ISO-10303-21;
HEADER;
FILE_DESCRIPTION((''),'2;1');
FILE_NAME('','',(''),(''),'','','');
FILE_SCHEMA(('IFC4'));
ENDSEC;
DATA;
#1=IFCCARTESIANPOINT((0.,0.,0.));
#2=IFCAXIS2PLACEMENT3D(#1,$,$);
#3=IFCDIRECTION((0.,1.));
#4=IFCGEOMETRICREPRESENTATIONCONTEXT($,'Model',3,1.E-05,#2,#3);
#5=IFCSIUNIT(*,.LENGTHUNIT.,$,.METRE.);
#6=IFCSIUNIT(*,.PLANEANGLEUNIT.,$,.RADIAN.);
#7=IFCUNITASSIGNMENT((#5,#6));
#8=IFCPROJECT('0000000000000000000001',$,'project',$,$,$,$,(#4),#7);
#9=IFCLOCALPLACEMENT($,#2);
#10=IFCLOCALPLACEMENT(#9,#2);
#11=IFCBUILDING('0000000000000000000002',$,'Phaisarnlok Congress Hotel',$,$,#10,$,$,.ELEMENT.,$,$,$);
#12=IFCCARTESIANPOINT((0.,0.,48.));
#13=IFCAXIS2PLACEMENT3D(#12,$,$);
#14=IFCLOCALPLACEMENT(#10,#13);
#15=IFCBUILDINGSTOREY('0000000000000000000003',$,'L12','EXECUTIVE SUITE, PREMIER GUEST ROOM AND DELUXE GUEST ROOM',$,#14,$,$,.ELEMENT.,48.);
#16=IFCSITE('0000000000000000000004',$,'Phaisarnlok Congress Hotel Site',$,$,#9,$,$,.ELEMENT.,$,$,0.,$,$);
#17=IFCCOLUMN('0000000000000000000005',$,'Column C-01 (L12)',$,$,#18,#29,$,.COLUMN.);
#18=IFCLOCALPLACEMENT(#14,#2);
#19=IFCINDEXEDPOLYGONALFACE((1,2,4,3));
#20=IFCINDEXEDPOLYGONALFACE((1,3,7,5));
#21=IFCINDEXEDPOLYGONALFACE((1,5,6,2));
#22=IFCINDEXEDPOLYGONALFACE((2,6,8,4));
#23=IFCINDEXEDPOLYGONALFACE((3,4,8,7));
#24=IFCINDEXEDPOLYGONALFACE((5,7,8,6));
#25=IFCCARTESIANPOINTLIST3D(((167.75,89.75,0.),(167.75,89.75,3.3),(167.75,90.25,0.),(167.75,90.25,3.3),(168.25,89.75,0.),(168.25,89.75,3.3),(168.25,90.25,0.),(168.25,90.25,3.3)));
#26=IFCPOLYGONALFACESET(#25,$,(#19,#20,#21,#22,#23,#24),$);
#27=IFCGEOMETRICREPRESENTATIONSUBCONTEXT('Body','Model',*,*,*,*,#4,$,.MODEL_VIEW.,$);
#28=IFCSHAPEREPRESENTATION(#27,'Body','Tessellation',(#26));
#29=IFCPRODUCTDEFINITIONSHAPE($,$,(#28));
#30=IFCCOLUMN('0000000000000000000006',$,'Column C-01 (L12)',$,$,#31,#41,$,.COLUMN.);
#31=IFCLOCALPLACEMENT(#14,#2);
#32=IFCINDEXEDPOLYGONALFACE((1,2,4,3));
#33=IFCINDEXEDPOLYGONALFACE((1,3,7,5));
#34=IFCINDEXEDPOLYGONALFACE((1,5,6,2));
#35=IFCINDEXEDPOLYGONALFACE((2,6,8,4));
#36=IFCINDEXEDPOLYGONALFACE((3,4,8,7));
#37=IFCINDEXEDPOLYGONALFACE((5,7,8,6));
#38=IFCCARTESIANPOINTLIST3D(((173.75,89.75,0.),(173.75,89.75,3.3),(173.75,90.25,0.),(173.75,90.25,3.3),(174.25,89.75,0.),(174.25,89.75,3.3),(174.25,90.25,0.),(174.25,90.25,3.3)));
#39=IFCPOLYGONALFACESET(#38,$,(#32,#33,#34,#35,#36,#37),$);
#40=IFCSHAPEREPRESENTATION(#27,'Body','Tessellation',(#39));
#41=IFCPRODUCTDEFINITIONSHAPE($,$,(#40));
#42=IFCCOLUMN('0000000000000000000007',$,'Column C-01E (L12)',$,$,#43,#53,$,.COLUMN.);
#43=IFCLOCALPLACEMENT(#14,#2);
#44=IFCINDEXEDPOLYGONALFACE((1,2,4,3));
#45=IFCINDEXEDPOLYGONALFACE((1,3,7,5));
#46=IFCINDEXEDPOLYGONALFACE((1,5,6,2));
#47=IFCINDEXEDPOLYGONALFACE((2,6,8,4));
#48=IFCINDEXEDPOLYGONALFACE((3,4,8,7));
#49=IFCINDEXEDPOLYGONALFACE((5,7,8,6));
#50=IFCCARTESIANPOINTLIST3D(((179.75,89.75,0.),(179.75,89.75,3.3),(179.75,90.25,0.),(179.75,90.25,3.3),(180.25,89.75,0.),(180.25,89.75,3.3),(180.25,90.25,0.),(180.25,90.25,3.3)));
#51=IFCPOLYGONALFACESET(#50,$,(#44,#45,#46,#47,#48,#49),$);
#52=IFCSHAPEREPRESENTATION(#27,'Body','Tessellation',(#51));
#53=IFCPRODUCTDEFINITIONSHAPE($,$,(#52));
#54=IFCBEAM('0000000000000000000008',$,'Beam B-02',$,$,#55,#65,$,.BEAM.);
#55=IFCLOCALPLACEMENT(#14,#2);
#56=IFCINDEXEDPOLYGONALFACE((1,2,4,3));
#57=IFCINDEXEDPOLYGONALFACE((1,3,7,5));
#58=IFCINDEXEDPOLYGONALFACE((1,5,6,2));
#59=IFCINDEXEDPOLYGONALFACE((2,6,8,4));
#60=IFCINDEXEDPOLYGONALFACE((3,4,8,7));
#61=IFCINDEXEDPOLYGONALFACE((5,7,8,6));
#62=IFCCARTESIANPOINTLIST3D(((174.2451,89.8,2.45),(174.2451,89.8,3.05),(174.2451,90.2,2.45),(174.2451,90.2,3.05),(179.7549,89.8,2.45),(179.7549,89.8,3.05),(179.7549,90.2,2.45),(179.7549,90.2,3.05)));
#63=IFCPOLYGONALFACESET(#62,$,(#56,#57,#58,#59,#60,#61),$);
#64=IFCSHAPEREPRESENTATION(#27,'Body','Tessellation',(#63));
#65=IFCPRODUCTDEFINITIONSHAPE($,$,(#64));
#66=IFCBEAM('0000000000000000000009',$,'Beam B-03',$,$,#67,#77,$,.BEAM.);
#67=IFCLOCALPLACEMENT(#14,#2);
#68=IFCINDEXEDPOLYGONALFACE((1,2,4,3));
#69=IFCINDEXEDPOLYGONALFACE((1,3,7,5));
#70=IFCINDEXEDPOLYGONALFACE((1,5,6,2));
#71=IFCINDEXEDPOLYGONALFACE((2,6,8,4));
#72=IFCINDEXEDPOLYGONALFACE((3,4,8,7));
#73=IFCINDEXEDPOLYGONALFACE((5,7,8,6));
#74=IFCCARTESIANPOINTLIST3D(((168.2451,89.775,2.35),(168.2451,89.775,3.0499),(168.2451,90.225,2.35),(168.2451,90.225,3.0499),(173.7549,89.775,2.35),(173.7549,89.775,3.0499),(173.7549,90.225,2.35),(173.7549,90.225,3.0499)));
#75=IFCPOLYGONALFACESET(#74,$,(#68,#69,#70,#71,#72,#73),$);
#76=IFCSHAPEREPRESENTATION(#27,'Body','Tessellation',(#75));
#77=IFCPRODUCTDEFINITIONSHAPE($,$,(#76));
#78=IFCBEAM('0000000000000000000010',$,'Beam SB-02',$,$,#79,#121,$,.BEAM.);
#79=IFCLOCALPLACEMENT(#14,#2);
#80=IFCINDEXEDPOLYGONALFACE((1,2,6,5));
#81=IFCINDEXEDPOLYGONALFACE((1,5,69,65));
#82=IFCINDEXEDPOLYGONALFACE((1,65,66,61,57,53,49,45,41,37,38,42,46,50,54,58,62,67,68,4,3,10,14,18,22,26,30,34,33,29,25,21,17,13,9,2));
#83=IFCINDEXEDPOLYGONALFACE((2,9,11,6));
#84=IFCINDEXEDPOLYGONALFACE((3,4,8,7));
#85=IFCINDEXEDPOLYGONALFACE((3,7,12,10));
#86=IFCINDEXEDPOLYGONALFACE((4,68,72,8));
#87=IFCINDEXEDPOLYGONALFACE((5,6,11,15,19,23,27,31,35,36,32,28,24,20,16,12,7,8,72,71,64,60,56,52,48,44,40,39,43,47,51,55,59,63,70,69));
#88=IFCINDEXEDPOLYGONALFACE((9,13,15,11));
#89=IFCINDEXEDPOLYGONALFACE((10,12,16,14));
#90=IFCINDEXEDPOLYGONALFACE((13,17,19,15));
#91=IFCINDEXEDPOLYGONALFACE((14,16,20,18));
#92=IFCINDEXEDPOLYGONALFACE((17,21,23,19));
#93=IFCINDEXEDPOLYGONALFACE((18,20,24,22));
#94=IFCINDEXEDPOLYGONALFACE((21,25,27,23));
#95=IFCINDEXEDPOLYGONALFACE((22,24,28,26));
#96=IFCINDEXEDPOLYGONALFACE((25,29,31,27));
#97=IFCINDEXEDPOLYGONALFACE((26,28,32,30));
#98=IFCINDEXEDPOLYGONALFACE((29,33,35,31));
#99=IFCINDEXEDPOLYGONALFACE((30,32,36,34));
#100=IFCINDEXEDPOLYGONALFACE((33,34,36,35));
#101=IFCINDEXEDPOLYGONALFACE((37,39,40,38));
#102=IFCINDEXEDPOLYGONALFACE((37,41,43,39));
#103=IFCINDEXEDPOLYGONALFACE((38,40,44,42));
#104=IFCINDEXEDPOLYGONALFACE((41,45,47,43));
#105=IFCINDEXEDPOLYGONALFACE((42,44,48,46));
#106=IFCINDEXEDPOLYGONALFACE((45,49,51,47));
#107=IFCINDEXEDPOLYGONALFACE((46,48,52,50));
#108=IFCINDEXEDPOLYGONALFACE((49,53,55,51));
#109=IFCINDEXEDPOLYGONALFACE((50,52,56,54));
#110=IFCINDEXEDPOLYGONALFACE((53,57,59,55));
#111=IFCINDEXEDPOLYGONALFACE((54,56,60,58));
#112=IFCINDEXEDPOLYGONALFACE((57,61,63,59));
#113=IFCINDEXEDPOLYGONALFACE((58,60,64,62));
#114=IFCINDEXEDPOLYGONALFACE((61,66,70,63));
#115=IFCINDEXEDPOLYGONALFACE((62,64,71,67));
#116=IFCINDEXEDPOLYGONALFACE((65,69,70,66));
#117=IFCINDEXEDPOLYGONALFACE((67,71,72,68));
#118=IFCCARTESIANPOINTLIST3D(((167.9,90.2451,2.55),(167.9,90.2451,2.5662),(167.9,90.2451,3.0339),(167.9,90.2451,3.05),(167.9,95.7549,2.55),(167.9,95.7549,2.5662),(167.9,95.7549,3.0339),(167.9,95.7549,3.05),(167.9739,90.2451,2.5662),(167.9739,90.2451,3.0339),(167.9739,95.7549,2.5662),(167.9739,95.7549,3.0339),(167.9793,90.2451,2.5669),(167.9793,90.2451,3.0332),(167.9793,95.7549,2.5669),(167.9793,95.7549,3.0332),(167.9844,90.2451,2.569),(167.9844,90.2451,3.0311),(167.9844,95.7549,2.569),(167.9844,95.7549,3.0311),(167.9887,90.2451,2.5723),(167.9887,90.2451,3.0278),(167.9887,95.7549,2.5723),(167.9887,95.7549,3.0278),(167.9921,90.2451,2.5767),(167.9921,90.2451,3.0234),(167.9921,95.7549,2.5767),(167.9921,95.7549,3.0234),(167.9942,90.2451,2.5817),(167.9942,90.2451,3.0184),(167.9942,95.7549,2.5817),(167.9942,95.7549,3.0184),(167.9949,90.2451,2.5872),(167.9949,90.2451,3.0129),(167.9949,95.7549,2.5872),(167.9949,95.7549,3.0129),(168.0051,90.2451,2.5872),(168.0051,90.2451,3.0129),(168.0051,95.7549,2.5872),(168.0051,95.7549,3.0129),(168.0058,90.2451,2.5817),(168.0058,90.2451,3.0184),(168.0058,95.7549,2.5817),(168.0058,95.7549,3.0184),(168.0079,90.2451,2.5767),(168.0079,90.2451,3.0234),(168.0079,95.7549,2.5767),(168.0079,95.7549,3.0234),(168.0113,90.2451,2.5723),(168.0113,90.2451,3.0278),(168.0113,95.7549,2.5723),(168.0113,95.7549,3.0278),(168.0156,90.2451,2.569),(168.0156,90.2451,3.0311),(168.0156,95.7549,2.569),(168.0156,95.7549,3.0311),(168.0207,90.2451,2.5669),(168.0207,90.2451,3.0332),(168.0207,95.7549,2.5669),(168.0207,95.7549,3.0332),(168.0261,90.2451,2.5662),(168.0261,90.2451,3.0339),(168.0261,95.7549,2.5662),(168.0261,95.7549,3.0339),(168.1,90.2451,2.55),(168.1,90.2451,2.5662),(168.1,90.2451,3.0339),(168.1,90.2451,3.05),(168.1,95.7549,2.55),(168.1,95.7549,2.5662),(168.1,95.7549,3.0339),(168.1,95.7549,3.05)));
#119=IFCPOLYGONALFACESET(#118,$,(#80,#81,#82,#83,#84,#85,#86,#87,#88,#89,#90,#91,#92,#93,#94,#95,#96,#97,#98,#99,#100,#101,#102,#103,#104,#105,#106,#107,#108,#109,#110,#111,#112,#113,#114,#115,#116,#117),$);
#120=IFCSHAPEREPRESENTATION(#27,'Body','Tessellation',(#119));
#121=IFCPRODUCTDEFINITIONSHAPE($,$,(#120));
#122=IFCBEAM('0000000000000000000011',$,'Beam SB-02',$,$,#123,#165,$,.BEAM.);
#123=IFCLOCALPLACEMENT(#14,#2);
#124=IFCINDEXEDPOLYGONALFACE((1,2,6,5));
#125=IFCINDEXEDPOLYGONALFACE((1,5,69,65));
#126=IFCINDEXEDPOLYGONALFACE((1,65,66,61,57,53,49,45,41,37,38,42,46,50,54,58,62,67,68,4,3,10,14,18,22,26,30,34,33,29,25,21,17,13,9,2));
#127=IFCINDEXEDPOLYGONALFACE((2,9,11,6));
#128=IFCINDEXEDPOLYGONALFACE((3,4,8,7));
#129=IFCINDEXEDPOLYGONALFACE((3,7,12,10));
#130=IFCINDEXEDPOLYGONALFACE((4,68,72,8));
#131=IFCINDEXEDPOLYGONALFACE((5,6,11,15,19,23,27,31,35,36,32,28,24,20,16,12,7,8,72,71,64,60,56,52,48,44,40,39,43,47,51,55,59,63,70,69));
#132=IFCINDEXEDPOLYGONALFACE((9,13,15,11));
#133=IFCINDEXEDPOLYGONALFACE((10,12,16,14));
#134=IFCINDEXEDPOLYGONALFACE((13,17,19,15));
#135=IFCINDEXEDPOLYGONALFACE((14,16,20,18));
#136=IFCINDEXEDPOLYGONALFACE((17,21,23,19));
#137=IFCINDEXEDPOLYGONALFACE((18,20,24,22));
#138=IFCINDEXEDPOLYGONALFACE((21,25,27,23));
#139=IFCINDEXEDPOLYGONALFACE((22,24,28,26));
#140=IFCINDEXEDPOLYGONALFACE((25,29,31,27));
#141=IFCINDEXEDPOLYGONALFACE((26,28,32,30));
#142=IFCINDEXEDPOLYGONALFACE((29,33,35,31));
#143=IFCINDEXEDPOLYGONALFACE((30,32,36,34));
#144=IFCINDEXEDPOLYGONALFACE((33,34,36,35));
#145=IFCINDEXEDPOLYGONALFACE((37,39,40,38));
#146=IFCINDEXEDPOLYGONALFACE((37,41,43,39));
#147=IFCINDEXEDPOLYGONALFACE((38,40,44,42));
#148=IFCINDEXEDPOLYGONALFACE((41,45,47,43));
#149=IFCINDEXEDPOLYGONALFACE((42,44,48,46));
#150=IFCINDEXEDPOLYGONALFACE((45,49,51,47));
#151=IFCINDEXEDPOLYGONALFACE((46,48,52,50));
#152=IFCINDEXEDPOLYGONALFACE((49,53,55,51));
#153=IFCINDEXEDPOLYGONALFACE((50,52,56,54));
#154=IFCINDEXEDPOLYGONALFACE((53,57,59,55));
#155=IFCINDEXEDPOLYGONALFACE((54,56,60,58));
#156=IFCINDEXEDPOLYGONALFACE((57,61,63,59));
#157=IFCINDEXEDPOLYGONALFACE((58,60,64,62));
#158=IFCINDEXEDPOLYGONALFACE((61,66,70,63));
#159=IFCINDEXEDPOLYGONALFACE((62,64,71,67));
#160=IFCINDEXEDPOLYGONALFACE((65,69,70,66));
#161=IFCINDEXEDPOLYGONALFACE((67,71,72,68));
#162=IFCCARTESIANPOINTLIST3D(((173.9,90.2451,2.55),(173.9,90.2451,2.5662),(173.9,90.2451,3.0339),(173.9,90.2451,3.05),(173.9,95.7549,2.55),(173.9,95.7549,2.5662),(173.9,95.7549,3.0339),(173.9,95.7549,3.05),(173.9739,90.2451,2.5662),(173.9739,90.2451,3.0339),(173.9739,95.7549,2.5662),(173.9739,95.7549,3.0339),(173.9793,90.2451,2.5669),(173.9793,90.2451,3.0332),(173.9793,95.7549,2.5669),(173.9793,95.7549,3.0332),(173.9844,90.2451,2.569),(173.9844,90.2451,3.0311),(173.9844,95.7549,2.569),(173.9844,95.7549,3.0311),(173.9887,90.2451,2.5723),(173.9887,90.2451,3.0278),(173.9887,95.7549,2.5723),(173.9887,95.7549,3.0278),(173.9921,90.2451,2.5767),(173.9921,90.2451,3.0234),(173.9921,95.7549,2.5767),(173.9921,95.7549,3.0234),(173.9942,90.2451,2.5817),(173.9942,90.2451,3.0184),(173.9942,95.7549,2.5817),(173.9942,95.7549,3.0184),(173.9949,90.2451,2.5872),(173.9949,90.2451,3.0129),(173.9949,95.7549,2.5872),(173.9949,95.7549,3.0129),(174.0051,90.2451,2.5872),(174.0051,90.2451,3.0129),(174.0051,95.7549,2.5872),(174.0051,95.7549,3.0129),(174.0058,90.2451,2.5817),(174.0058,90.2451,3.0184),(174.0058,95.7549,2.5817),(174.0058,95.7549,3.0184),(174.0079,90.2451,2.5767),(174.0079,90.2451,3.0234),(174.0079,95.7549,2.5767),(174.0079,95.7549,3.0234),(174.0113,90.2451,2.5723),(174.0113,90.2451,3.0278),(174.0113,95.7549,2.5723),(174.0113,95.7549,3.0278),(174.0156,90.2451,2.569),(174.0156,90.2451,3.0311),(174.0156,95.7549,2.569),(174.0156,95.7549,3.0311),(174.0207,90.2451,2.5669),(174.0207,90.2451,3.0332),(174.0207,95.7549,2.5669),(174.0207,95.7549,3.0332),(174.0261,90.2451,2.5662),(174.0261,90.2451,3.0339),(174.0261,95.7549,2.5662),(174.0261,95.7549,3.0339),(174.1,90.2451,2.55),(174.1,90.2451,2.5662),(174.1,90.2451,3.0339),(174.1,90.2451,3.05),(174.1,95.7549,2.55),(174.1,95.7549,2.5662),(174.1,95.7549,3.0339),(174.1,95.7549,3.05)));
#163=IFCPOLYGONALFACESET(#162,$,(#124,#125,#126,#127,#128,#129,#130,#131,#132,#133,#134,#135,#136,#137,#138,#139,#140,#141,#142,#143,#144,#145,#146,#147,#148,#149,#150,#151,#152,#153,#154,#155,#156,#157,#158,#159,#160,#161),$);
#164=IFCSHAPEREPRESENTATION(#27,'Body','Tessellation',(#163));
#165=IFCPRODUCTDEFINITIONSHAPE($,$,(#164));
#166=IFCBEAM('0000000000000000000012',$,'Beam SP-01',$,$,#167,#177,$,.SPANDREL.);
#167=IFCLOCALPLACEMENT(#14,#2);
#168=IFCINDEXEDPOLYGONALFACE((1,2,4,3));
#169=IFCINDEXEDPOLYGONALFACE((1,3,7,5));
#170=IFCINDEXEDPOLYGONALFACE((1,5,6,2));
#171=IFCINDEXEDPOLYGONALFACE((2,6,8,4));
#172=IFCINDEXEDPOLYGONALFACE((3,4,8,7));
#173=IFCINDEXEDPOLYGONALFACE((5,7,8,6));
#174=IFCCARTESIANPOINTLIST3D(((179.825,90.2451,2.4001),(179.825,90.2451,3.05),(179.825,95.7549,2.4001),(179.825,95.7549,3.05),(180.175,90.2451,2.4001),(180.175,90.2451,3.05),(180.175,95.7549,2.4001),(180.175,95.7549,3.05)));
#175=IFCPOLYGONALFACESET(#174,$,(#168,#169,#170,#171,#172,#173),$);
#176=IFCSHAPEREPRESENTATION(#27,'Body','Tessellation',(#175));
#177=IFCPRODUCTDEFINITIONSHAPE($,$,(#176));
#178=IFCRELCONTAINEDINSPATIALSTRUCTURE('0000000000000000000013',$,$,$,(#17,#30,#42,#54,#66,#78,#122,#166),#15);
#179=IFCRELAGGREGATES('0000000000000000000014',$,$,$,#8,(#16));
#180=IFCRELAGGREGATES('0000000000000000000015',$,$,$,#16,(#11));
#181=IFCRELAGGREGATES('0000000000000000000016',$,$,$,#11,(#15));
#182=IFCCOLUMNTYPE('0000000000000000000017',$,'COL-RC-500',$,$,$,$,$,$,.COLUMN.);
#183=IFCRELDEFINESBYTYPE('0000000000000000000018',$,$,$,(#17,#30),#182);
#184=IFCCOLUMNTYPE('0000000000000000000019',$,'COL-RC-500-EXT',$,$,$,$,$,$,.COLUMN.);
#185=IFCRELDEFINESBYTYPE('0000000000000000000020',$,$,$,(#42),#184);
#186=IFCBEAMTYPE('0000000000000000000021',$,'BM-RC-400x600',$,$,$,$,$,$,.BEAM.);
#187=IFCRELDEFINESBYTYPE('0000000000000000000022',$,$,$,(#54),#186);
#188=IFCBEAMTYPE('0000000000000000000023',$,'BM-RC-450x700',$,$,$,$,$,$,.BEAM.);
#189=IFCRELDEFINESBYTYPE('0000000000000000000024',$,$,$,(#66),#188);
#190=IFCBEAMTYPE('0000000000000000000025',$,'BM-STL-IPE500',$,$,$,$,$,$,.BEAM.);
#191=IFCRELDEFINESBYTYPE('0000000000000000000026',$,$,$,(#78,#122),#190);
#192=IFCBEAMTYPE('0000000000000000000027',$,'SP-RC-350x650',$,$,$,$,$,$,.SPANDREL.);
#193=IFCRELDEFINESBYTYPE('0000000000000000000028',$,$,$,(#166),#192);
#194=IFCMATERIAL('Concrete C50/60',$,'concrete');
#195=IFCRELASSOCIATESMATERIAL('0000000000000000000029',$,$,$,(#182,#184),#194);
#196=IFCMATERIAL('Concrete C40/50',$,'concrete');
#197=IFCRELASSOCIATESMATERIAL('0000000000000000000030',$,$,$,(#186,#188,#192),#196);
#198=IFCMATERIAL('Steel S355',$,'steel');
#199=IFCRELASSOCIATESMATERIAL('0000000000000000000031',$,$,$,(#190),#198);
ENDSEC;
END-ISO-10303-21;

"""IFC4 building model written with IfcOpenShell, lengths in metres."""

from ifc_helpers import new_model, si_unit, direction, frame, origin, origin_2d, place, context, subcontext, project, spatial, rectangle, i_section, extrude, material, material_profile, profile_set, type_object, element, save


model = new_model("IFC4")

# Units and contexts
model_context = context("Model", 3, precision=1e-05, world=origin(), true_north=direction((0.0, 1.0)))
body_context = subcontext(model_context, "Body", "Model", "MODEL_VIEW")
ifc_project = project(units=[si_unit("LENGTHUNIT", "METRE"), si_unit("PLANEANGLEUNIT", "RADIAN")], contexts=[model_context])

# Site, building, storey
site_placement = place(None, origin())
site = spatial("IfcSite", under=ifc_project, at=site_placement, Name="Phaisarnlok Congress Hotel Site", CompositionType="ELEMENT", RefElevation=0.0)
building_placement = place(site_placement, origin())
building = spatial("IfcBuilding", under=site, at=building_placement, Name="Phaisarnlok Congress Hotel", CompositionType="ELEMENT")
storey_placement = place(building_placement, frame((0.0, 0.0, 48.0)))
storey = spatial("IfcBuildingStorey", under=building, at=storey_placement, Name="L12", Description="EXECUTIVE SUITE, PREMIER GUEST ROOM AND DELUXE GUEST ROOM", CompositionType="ELEMENT", Elevation=48.0)

# Columns
ifc_material_1 = material(Name="Concrete C50/60", Category="concrete")
ifc_material_profile_1 = material_profile(ifc_material_1, rectangle(XDim=0.5, YDim=0.5, at=origin_2d()), Name="RC 500x500")
ifc_profile_set_1 = profile_set([ifc_material_profile_1], Name="Concrete C50/60")
column_type_1 = type_object("IfcColumnType", Name="COL-RC-500", PredefinedType="COLUMN", material=ifc_profile_set_1)
for number, where, z_axis, x_axis, name in (
    (1, (168.0, 90.0, 0.0), (0.0, 0.0, 1.0), (1.0, 0.0, 0.0), "Column C-01 (L12)"),
    (2, (174.0, 90.0, 0.0), (0.0, 0.0, 1.0), (1.0, 0.0, 0.0), "Column C-01 (L12)"),
):
    element("IfcColumn", number, at=place(storey_placement, frame(where, z_axis=z_axis, x_axis=x_axis)), inside=storey, type_object=column_type_1, Name=name, PredefinedType="COLUMN", context=body_context, shape_type="SweptSolid", body=[
        extrude(rectangle(XDim=0.5, YDim=0.5, at=origin_2d()), origin(), (0.0, 0.0, 1.0), 3.3),
    ])
ifc_material_profile_2 = material_profile(ifc_material_1, rectangle(XDim=0.5, YDim=0.5, at=origin_2d()), Name="RC 500x500")
ifc_profile_set_2 = profile_set([ifc_material_profile_2], Name="Concrete C50/60")
column_type_2 = type_object("IfcColumnType", Name="COL-RC-500-EXT", PredefinedType="COLUMN", material=ifc_profile_set_2)
column_placement = place(storey_placement, frame((180.0, 90.0, 0.0), z_axis=(0.0, 0.0, 1.0), x_axis=(1.0, 0.0, 0.0)))
element("IfcColumn", 3, at=column_placement, inside=storey, type_object=column_type_2, Name="Column C-01E (L12)", PredefinedType="COLUMN", context=body_context, shape_type="SweptSolid", body=[
    extrude(rectangle(XDim=0.5, YDim=0.5, at=origin_2d()), origin(), (0.0, 0.0, 1.0), 3.3),
])

# Beams
ifc_material_2 = material(Name="Concrete C40/50", Category="concrete")
ifc_material_profile_3 = material_profile(ifc_material_2, rectangle(XDim=0.3999, YDim=0.6001, at=origin_2d()), Name="RC 400x600")
ifc_profile_set_3 = profile_set([ifc_material_profile_3], Name="Concrete C40/50")
beam_type_1 = type_object("IfcBeamType", Name="BM-RC-400x600", PredefinedType="BEAM", material=ifc_profile_set_3)
beam_1_placement = place(storey_placement, frame((174.2451, 90.0, 2.75), z_axis=(1.0, 0.0, 0.0), x_axis=(0.0, 1.0, 0.0)))
element("IfcBeam", 4, at=beam_1_placement, inside=storey, type_object=beam_type_1, Name="Beam B-02", PredefinedType="BEAM", context=body_context, shape_type="SweptSolid", body=[
    extrude(rectangle(XDim=0.3999, YDim=0.6001, at=origin_2d()), origin(), (0.0, 0.0, 1.0), 5.5098),
])
ifc_material_profile_4 = material_profile(ifc_material_2, rectangle(XDim=0.45, YDim=0.7, at=origin_2d()), Name="RC 450x700")
ifc_profile_set_4 = profile_set([ifc_material_profile_4], Name="Concrete C40/50")
beam_type_2 = type_object("IfcBeamType", Name="BM-RC-450x700", PredefinedType="BEAM", material=ifc_profile_set_4)
beam_2_placement = place(storey_placement, frame((168.2451, 90.0, 2.7), z_axis=(1.0, 0.0, 0.0), x_axis=(0.0, 1.0, 0.0)))
element("IfcBeam", 5, at=beam_2_placement, inside=storey, type_object=beam_type_2, Name="Beam B-03", PredefinedType="BEAM", context=body_context, shape_type="SweptSolid", body=[
    extrude(rectangle(XDim=0.45, YDim=0.7, at=origin_2d()), origin(), (0.0, 0.0, 1.0), 5.5098),
])
ifc_material_3 = material(Name="Steel S355", Category="steel")
ifc_material_profile_5 = material_profile(ifc_material_3, i_section(OverallWidth=0.2, OverallDepth=0.5, WebThickness=0.0103, FlangeThickness=0.0161, FilletRadius=0.021, at=origin_2d()), Name="IPE 500")
ifc_profile_set_5 = profile_set([ifc_material_profile_5], Name="Steel S355")
beam_type_3 = type_object("IfcBeamType", Name="BM-STL-IPE500", PredefinedType="BEAM", material=ifc_profile_set_5)
for number, where, z_axis, x_axis, name in (
    (6, (168.0, 90.2451, 2.8), (0.0, 1.0, 0.0), (-1.0, 0.0, 0.0), "Beam SB-02"),
    (7, (174.0, 90.2451, 2.8), (0.0, 1.0, 0.0), (-1.0, 0.0, 0.0), "Beam SB-02"),
):
    element("IfcBeam", number, at=place(storey_placement, frame(where, z_axis=z_axis, x_axis=x_axis)), inside=storey, type_object=beam_type_3, Name=name, PredefinedType="BEAM", context=body_context, shape_type="SweptSolid", body=[
        extrude(i_section(OverallWidth=0.2, OverallDepth=0.5, WebThickness=0.0103, FlangeThickness=0.0161, FilletRadius=0.021, at=origin_2d()), origin(), (0.0, 0.0, 1.0), 5.5098),
    ])
ifc_material_profile_6 = material_profile(ifc_material_2, rectangle(XDim=0.3501, YDim=0.6499, at=origin_2d()), Name="RC 350x650")
ifc_profile_set_6 = profile_set([ifc_material_profile_6], Name="Concrete C40/50")
beam_type_4 = type_object("IfcBeamType", Name="SP-RC-350x650", PredefinedType="SPANDREL", material=ifc_profile_set_6)
beam_3_placement = place(storey_placement, frame((180.0, 90.2451, 2.7251), z_axis=(0.0, 1.0, 0.0), x_axis=(-1.0, 0.0, 0.0)))
element("IfcBeam", 8, at=beam_3_placement, inside=storey, type_object=beam_type_4, Name="Beam SP-01", PredefinedType="SPANDREL", context=body_context, shape_type="SweptSolid", body=[
    extrude(rectangle(XDim=0.3501, YDim=0.6499, at=origin_2d()), origin(), (0.0, 0.0, 1.0), 5.5098),
])

save(model, "model.ifc")
